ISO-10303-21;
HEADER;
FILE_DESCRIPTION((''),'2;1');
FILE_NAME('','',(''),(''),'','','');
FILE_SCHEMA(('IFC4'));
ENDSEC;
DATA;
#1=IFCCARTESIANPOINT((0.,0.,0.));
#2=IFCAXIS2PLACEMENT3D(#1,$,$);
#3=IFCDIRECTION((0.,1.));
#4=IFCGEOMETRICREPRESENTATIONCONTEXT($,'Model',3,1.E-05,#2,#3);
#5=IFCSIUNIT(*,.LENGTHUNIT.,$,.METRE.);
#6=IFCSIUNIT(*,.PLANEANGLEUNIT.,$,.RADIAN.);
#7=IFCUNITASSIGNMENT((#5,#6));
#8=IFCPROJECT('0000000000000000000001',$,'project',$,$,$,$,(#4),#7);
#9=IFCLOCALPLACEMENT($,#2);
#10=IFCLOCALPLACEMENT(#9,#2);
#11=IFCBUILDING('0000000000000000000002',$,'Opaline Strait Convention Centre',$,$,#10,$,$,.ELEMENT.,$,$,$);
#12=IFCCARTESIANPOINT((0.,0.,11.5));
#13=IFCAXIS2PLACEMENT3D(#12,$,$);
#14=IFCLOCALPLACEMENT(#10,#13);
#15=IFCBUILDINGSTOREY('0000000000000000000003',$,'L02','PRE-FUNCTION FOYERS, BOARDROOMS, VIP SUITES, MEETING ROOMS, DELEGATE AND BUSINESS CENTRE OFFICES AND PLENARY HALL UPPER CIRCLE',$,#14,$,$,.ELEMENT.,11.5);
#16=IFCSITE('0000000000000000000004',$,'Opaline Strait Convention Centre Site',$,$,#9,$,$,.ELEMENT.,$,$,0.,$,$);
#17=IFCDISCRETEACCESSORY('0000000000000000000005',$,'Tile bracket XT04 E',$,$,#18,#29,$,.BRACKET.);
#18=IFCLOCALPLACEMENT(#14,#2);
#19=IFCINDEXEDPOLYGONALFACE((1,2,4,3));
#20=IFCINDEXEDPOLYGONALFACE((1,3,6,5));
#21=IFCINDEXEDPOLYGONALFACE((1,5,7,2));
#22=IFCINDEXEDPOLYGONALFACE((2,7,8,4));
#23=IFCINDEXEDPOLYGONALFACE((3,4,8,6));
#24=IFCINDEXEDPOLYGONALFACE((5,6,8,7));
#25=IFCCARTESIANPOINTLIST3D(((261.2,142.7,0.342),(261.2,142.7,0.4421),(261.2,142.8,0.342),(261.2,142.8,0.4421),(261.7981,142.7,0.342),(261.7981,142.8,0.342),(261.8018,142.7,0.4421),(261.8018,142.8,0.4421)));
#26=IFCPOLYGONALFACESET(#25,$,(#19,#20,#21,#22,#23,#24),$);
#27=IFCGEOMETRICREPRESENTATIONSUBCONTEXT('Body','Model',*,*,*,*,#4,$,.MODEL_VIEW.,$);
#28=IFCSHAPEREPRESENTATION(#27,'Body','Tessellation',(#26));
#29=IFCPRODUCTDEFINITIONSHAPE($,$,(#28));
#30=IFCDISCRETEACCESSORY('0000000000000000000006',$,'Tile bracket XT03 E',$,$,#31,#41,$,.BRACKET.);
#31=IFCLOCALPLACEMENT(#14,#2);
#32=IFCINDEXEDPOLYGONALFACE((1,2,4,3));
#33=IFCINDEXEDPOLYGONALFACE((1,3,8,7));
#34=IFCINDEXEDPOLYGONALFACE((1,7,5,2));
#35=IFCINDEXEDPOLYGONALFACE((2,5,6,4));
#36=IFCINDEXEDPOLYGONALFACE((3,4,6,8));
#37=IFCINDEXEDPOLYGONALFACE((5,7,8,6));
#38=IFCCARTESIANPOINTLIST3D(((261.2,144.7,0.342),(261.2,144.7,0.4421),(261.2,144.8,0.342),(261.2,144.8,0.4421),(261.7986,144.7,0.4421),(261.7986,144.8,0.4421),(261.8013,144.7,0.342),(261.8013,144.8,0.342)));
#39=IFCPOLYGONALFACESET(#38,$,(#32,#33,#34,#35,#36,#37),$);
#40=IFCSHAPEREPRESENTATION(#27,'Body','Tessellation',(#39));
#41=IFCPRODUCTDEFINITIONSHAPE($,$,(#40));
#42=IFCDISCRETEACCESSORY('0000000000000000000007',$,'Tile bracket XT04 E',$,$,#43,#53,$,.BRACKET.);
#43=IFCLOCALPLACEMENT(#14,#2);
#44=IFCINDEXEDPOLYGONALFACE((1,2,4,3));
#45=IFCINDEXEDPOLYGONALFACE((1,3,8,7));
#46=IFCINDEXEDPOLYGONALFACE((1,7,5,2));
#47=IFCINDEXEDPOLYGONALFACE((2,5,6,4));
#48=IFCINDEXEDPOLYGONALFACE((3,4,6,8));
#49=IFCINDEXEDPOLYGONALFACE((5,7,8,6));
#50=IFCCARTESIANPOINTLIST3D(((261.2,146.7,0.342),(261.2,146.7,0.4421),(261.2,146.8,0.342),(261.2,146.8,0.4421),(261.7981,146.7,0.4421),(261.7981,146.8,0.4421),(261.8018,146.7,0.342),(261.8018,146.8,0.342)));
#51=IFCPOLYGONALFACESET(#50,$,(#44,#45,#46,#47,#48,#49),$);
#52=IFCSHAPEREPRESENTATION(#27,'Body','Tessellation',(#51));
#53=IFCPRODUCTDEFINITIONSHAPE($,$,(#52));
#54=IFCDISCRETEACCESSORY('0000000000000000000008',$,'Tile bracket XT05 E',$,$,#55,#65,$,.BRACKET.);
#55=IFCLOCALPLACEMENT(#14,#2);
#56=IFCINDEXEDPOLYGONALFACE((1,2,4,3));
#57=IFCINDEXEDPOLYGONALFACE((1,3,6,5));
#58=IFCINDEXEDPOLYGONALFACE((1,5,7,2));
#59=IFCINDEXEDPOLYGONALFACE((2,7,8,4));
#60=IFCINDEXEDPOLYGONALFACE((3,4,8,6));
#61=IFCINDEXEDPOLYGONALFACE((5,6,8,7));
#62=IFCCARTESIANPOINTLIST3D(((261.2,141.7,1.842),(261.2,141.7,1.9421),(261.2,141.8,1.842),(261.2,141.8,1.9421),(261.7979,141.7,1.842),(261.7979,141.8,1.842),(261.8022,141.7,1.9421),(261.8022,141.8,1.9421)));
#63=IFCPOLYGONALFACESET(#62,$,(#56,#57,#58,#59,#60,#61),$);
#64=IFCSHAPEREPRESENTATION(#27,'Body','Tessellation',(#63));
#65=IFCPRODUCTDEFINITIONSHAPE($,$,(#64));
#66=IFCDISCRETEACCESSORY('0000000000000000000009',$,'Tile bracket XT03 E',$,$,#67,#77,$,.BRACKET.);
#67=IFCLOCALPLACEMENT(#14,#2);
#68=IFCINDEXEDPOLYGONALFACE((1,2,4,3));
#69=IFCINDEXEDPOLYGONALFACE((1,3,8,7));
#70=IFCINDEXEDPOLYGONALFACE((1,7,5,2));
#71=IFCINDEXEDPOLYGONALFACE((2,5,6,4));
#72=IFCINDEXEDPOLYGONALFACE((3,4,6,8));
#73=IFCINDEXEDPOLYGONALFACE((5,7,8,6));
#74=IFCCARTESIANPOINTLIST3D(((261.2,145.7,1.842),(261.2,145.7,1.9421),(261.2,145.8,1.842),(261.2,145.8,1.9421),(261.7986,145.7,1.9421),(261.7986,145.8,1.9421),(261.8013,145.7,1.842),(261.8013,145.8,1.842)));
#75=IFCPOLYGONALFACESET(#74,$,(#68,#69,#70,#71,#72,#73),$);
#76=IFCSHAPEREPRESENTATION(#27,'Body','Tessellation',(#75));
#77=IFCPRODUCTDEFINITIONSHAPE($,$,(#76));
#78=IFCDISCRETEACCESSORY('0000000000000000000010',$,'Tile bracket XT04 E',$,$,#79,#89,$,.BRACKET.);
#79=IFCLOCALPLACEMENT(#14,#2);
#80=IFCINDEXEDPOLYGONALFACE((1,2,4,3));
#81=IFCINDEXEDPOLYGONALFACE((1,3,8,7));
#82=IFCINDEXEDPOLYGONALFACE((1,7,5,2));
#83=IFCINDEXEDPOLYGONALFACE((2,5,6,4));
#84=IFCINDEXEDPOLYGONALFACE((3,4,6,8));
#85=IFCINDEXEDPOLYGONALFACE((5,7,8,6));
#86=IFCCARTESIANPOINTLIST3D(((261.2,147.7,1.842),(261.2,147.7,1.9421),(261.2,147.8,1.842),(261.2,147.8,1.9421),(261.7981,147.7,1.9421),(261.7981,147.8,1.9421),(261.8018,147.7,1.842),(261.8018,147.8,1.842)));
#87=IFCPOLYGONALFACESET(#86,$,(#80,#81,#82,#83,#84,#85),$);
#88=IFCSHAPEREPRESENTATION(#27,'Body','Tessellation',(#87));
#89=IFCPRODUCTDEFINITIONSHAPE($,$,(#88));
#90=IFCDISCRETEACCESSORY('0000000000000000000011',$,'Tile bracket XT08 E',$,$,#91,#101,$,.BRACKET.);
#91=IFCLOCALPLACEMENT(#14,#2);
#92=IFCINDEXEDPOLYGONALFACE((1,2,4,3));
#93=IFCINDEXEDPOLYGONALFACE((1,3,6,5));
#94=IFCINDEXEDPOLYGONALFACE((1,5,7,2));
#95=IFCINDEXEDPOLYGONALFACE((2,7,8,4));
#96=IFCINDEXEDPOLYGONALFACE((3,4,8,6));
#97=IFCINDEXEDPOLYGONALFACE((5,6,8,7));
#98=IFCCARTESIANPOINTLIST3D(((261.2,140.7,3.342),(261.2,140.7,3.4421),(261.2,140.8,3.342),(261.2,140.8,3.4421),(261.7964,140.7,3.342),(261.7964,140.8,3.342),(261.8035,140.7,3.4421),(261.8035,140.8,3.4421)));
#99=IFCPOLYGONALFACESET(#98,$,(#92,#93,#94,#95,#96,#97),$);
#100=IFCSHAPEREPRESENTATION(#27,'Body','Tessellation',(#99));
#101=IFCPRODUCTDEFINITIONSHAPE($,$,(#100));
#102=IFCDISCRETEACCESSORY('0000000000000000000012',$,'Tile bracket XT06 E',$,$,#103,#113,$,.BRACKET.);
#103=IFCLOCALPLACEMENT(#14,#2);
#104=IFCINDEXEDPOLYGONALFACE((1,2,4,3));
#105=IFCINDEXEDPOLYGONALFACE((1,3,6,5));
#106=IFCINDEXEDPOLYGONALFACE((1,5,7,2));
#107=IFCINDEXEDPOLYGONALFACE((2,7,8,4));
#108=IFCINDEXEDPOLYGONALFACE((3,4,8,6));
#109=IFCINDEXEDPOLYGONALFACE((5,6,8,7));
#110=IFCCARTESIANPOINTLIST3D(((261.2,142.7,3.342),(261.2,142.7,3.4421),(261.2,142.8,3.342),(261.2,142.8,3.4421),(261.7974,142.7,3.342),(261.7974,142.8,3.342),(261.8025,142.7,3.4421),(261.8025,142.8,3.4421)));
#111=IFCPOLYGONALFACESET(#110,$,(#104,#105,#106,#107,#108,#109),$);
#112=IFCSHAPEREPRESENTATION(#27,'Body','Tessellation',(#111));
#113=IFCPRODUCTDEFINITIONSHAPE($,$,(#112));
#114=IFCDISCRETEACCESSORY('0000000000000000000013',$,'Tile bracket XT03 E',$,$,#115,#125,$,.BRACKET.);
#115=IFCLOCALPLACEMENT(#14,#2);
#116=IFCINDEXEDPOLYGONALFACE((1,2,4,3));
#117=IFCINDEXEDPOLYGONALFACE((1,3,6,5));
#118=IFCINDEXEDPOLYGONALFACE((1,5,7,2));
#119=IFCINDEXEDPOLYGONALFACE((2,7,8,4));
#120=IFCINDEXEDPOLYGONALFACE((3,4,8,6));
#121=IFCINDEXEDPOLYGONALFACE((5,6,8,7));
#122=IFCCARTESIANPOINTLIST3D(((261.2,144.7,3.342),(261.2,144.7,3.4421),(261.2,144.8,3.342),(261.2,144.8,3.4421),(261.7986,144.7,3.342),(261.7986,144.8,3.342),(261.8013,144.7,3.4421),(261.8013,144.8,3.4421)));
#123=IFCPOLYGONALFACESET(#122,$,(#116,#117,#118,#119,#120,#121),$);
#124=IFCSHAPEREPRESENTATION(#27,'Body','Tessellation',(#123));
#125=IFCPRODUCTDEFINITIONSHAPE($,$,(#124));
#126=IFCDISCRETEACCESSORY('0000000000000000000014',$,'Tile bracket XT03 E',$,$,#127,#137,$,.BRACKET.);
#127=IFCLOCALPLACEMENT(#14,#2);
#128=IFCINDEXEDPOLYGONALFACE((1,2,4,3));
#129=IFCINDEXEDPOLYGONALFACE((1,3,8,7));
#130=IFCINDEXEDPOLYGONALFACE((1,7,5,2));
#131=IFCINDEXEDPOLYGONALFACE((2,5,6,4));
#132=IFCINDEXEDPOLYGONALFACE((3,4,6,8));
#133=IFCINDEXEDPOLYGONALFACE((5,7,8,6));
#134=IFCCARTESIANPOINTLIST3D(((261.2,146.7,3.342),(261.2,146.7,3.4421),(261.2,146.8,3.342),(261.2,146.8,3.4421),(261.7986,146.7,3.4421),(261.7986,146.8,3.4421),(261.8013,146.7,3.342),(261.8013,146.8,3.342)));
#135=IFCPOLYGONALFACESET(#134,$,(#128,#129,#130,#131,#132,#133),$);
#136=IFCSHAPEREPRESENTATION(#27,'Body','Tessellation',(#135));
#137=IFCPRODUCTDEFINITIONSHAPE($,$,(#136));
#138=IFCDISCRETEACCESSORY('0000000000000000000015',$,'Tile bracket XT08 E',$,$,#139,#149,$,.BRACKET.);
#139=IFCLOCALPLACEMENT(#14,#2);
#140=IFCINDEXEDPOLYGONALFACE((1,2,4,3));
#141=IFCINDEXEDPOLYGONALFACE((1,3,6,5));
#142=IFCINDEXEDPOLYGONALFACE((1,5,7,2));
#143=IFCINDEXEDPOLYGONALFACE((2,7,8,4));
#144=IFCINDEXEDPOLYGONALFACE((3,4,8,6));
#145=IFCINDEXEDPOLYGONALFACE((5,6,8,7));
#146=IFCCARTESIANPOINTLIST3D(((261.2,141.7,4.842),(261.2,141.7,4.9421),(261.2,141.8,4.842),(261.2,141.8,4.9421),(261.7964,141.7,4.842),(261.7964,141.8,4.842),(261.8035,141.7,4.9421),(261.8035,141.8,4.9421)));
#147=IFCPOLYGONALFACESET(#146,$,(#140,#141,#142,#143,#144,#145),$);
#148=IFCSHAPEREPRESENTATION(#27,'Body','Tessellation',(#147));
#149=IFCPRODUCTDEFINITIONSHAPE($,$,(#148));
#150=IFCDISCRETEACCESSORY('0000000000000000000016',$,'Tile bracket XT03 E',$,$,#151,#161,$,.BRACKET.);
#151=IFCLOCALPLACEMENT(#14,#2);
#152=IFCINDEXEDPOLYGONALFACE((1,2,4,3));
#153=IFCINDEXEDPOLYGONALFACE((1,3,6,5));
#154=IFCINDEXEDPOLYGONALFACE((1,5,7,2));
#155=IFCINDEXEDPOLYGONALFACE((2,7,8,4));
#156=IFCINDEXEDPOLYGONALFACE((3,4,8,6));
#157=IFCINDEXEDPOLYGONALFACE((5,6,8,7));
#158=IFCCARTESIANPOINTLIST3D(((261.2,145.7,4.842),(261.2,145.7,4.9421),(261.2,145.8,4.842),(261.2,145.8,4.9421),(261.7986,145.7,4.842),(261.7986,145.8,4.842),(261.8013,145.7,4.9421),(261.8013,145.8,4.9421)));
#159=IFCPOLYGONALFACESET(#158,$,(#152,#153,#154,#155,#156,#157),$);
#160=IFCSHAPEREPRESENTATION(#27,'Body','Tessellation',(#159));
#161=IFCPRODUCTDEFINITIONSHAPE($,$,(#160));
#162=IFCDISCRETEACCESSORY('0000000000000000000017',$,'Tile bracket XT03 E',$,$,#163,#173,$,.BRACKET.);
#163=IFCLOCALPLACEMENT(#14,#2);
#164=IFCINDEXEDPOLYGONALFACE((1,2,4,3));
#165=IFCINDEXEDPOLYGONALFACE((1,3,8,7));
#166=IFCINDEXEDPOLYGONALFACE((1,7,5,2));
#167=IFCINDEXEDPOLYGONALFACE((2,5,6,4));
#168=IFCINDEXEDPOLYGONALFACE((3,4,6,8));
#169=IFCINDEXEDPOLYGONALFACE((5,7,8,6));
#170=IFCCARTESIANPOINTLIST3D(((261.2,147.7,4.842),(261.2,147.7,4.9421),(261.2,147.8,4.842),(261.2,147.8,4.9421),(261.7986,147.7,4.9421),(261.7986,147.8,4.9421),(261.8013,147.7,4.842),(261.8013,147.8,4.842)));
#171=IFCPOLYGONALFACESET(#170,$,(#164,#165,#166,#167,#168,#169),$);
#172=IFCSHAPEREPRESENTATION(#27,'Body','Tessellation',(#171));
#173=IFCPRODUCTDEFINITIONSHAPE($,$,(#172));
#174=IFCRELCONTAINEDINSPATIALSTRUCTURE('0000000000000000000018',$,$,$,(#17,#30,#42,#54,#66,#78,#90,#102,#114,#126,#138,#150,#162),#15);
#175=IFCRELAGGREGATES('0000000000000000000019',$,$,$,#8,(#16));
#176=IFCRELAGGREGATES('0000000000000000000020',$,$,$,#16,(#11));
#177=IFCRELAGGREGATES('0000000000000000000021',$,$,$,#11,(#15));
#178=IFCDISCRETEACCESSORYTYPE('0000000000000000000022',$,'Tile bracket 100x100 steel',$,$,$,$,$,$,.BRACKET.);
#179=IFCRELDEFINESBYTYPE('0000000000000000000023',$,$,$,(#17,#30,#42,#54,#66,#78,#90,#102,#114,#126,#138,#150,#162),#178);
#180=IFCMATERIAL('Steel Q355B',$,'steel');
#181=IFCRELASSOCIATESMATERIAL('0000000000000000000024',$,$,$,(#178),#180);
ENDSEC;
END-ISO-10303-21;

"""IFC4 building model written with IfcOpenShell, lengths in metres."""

from ifc_helpers import new_model, si_unit, direction, frame, origin, place, context, subcontext, project, spatial, polyline, outline, extrude, material, type_object, element, save


model = new_model("IFC4")

# Units and contexts
model_context = context("Model", 3, precision=1e-05, world=origin(), true_north=direction((0.0, 1.0)))
body_context = subcontext(model_context, "Body", "Model", "MODEL_VIEW")
ifc_project = project(units=[si_unit("LENGTHUNIT", "METRE"), si_unit("PLANEANGLEUNIT", "RADIAN")], contexts=[model_context])

# Site, building, storey
site_placement = place(None, origin())
site = spatial("IfcSite", under=ifc_project, at=site_placement, Name="Opaline Strait Convention Centre Site", CompositionType="ELEMENT", RefElevation=0.0)
building_placement = place(site_placement, origin())
building = spatial("IfcBuilding", under=site, at=building_placement, Name="Opaline Strait Convention Centre", CompositionType="ELEMENT")
storey_placement = place(building_placement, frame((0.0, 0.0, 11.5)))
storey = spatial("IfcBuildingStorey", under=building, at=storey_placement, Name="L02", Description="PRE-FUNCTION FOYERS, BOARDROOMS, VIP SUITES, MEETING ROOMS, DELEGATE AND BUSINESS CENTRE OFFICES AND PLENARY HALL UPPER CIRCLE", CompositionType="ELEMENT", Elevation=11.5)

# Shared definitions
ifc_material_1 = material(Name="Steel Q355B", Category="steel")

# Discrete accessories
discrete_accessory_type = type_object("IfcDiscreteAccessoryType", Name="Tile bracket 100x100 steel", PredefinedType="BRACKET", material=ifc_material_1)
discrete_accessory_1_placement = place(storey_placement, frame((261.2, 142.7, 0.3921), z_axis=(0.0, 1.0, 0.0), x_axis=(-1.0, 0.0, 0.0)))
element("IfcDiscreteAccessory", 1, at=discrete_accessory_1_placement, inside=storey, type_object=discrete_accessory_type, Name="Tile bracket XT04 E", PredefinedType="BRACKET", context=body_context, shape_type="SweptSolid", body=[
    extrude(outline(polyline([(0.0, -0.05), (0.0, 0.05), (-0.6018, 0.05), (-0.5981, -0.05), (0.0, -0.05)])), origin(), (0.0, 0.0, 1.0), 0.1001),
])
discrete_accessory_2_placement = place(storey_placement, frame((261.2, 144.7, 0.3921), z_axis=(0.0, 1.0, 0.0), x_axis=(-1.0, 0.0, 0.0)))
element("IfcDiscreteAccessory", 2, at=discrete_accessory_2_placement, inside=storey, type_object=discrete_accessory_type, Name="Tile bracket XT03 E", PredefinedType="BRACKET", context=body_context, shape_type="SweptSolid", body=[
    extrude(outline(polyline([(0.0, -0.05), (0.0, 0.05), (-0.5986, 0.05), (-0.6013, -0.05), (0.0, -0.05)])), origin(), (0.0, 0.0, 1.0), 0.1001),
])
discrete_accessory_3_placement = place(storey_placement, frame((261.2, 146.7, 0.3921), z_axis=(0.0, 1.0, 0.0), x_axis=(-1.0, 0.0, 0.0)))
element("IfcDiscreteAccessory", 3, at=discrete_accessory_3_placement, inside=storey, type_object=discrete_accessory_type, Name="Tile bracket XT04 E", PredefinedType="BRACKET", context=body_context, shape_type="SweptSolid", body=[
    extrude(outline(polyline([(0.0, -0.05), (0.0, 0.05), (-0.5981, 0.05), (-0.6018, -0.05), (0.0, -0.05)])), origin(), (0.0, 0.0, 1.0), 0.1001),
])
discrete_accessory_4_placement = place(storey_placement, frame((261.2, 141.7, 1.8921), z_axis=(0.0, 1.0, 0.0), x_axis=(-1.0, 0.0, 0.0)))
element("IfcDiscreteAccessory", 4, at=discrete_accessory_4_placement, inside=storey, type_object=discrete_accessory_type, Name="Tile bracket XT05 E", PredefinedType="BRACKET", context=body_context, shape_type="SweptSolid", body=[
    extrude(outline(polyline([(0.0, -0.05), (0.0, 0.05), (-0.6023, 0.05), (-0.5979, -0.05), (0.0, -0.05)])), origin(), (0.0, 0.0, 1.0), 0.1001),
])
discrete_accessory_5_placement = place(storey_placement, frame((261.2, 145.7, 1.8921), z_axis=(0.0, 1.0, 0.0), x_axis=(-1.0, 0.0, 0.0)))
element("IfcDiscreteAccessory", 5, at=discrete_accessory_5_placement, inside=storey, type_object=discrete_accessory_type, Name="Tile bracket XT03 E", PredefinedType="BRACKET", context=body_context, shape_type="SweptSolid", body=[
    extrude(outline(polyline([(0.0, -0.05), (0.0, 0.05), (-0.5986, 0.05), (-0.6013, -0.05), (0.0, -0.05)])), origin(), (0.0, 0.0, 1.0), 0.1001),
])
discrete_accessory_6_placement = place(storey_placement, frame((261.2, 147.7, 1.8921), z_axis=(0.0, 1.0, 0.0), x_axis=(-1.0, 0.0, 0.0)))
element("IfcDiscreteAccessory", 6, at=discrete_accessory_6_placement, inside=storey, type_object=discrete_accessory_type, Name="Tile bracket XT04 E", PredefinedType="BRACKET", context=body_context, shape_type="SweptSolid", body=[
    extrude(outline(polyline([(0.0, -0.05), (0.0, 0.05), (-0.5981, 0.05), (-0.6018, -0.05), (0.0, -0.05)])), origin(), (0.0, 0.0, 1.0), 0.1001),
])
discrete_accessory_7_placement = place(storey_placement, frame((261.2, 140.7, 3.3921), z_axis=(0.0, 1.0, 0.0), x_axis=(-1.0, 0.0, 0.0)))
element("IfcDiscreteAccessory", 7, at=discrete_accessory_7_placement, inside=storey, type_object=discrete_accessory_type, Name="Tile bracket XT08 E", PredefinedType="BRACKET", context=body_context, shape_type="SweptSolid", body=[
    extrude(outline(polyline([(0.0, -0.05), (0.0, 0.05), (-0.6035, 0.05), (-0.5964, -0.05), (0.0, -0.05)])), origin(), (0.0, 0.0, 1.0), 0.1001),
])
discrete_accessory_8_placement = place(storey_placement, frame((261.2, 142.7, 3.3921), z_axis=(0.0, 1.0, 0.0), x_axis=(-1.0, 0.0, 0.0)))
element("IfcDiscreteAccessory", 8, at=discrete_accessory_8_placement, inside=storey, type_object=discrete_accessory_type, Name="Tile bracket XT06 E", PredefinedType="BRACKET", context=body_context, shape_type="SweptSolid", body=[
    extrude(outline(polyline([(0.0, -0.05), (0.0, 0.05), (-0.6025, 0.05), (-0.5974, -0.05), (0.0, -0.05)])), origin(), (0.0, 0.0, 1.0), 0.1001),
])
discrete_accessory_9_placement = place(storey_placement, frame((261.2, 144.7, 3.3921), z_axis=(0.0, 1.0, 0.0), x_axis=(-1.0, 0.0, 0.0)))
element("IfcDiscreteAccessory", 9, at=discrete_accessory_9_placement, inside=storey, type_object=discrete_accessory_type, Name="Tile bracket XT03 E", PredefinedType="BRACKET", context=body_context, shape_type="SweptSolid", body=[
    extrude(outline(polyline([(0.0, -0.05), (0.0, 0.05), (-0.6013, 0.05), (-0.5986, -0.05), (0.0, -0.05)])), origin(), (0.0, 0.0, 1.0), 0.1001),
])
discrete_accessory_10_placement = place(storey_placement, frame((261.2, 146.7, 3.3921), z_axis=(0.0, 1.0, 0.0), x_axis=(-1.0, 0.0, 0.0)))
element("IfcDiscreteAccessory", 10, at=discrete_accessory_10_placement, inside=storey, type_object=discrete_accessory_type, Name="Tile bracket XT03 E", PredefinedType="BRACKET", context=body_context, shape_type="SweptSolid", body=[
    extrude(outline(polyline([(0.0, -0.05), (0.0, 0.05), (-0.5986, 0.05), (-0.6013, -0.05), (0.0, -0.05)])), origin(), (0.0, 0.0, 1.0), 0.1001),
])
discrete_accessory_11_placement = place(storey_placement, frame((261.2, 141.7, 4.8921), z_axis=(0.0, 1.0, 0.0), x_axis=(-1.0, 0.0, 0.0)))
element("IfcDiscreteAccessory", 11, at=discrete_accessory_11_placement, inside=storey, type_object=discrete_accessory_type, Name="Tile bracket XT08 E", PredefinedType="BRACKET", context=body_context, shape_type="SweptSolid", body=[
    extrude(outline(polyline([(0.0, -0.05), (0.0, 0.05), (-0.6035, 0.05), (-0.5964, -0.05), (0.0, -0.05)])), origin(), (0.0, 0.0, 1.0), 0.1001),
])
discrete_accessory_12_placement = place(storey_placement, frame((261.2, 145.7, 4.8921), z_axis=(0.0, 1.0, 0.0), x_axis=(-1.0, 0.0, 0.0)))
element("IfcDiscreteAccessory", 12, at=discrete_accessory_12_placement, inside=storey, type_object=discrete_accessory_type, Name="Tile bracket XT03 E", PredefinedType="BRACKET", context=body_context, shape_type="SweptSolid", body=[
    extrude(outline(polyline([(0.0, -0.05), (0.0, 0.05), (-0.6013, 0.05), (-0.5986, -0.05), (0.0, -0.05)])), origin(), (0.0, 0.0, 1.0), 0.1001),
])
discrete_accessory_13_placement = place(storey_placement, frame((261.2, 147.7, 4.8921), z_axis=(0.0, 1.0, 0.0), x_axis=(-1.0, 0.0, 0.0)))
element("IfcDiscreteAccessory", 13, at=discrete_accessory_13_placement, inside=storey, type_object=discrete_accessory_type, Name="Tile bracket XT03 E", PredefinedType="BRACKET", context=body_context, shape_type="SweptSolid", body=[
    extrude(outline(polyline([(0.0, -0.05), (0.0, 0.05), (-0.5986, 0.05), (-0.6013, -0.05), (0.0, -0.05)])), origin(), (0.0, 0.0, 1.0), 0.1001),
])

save(model, "model.ifc")
